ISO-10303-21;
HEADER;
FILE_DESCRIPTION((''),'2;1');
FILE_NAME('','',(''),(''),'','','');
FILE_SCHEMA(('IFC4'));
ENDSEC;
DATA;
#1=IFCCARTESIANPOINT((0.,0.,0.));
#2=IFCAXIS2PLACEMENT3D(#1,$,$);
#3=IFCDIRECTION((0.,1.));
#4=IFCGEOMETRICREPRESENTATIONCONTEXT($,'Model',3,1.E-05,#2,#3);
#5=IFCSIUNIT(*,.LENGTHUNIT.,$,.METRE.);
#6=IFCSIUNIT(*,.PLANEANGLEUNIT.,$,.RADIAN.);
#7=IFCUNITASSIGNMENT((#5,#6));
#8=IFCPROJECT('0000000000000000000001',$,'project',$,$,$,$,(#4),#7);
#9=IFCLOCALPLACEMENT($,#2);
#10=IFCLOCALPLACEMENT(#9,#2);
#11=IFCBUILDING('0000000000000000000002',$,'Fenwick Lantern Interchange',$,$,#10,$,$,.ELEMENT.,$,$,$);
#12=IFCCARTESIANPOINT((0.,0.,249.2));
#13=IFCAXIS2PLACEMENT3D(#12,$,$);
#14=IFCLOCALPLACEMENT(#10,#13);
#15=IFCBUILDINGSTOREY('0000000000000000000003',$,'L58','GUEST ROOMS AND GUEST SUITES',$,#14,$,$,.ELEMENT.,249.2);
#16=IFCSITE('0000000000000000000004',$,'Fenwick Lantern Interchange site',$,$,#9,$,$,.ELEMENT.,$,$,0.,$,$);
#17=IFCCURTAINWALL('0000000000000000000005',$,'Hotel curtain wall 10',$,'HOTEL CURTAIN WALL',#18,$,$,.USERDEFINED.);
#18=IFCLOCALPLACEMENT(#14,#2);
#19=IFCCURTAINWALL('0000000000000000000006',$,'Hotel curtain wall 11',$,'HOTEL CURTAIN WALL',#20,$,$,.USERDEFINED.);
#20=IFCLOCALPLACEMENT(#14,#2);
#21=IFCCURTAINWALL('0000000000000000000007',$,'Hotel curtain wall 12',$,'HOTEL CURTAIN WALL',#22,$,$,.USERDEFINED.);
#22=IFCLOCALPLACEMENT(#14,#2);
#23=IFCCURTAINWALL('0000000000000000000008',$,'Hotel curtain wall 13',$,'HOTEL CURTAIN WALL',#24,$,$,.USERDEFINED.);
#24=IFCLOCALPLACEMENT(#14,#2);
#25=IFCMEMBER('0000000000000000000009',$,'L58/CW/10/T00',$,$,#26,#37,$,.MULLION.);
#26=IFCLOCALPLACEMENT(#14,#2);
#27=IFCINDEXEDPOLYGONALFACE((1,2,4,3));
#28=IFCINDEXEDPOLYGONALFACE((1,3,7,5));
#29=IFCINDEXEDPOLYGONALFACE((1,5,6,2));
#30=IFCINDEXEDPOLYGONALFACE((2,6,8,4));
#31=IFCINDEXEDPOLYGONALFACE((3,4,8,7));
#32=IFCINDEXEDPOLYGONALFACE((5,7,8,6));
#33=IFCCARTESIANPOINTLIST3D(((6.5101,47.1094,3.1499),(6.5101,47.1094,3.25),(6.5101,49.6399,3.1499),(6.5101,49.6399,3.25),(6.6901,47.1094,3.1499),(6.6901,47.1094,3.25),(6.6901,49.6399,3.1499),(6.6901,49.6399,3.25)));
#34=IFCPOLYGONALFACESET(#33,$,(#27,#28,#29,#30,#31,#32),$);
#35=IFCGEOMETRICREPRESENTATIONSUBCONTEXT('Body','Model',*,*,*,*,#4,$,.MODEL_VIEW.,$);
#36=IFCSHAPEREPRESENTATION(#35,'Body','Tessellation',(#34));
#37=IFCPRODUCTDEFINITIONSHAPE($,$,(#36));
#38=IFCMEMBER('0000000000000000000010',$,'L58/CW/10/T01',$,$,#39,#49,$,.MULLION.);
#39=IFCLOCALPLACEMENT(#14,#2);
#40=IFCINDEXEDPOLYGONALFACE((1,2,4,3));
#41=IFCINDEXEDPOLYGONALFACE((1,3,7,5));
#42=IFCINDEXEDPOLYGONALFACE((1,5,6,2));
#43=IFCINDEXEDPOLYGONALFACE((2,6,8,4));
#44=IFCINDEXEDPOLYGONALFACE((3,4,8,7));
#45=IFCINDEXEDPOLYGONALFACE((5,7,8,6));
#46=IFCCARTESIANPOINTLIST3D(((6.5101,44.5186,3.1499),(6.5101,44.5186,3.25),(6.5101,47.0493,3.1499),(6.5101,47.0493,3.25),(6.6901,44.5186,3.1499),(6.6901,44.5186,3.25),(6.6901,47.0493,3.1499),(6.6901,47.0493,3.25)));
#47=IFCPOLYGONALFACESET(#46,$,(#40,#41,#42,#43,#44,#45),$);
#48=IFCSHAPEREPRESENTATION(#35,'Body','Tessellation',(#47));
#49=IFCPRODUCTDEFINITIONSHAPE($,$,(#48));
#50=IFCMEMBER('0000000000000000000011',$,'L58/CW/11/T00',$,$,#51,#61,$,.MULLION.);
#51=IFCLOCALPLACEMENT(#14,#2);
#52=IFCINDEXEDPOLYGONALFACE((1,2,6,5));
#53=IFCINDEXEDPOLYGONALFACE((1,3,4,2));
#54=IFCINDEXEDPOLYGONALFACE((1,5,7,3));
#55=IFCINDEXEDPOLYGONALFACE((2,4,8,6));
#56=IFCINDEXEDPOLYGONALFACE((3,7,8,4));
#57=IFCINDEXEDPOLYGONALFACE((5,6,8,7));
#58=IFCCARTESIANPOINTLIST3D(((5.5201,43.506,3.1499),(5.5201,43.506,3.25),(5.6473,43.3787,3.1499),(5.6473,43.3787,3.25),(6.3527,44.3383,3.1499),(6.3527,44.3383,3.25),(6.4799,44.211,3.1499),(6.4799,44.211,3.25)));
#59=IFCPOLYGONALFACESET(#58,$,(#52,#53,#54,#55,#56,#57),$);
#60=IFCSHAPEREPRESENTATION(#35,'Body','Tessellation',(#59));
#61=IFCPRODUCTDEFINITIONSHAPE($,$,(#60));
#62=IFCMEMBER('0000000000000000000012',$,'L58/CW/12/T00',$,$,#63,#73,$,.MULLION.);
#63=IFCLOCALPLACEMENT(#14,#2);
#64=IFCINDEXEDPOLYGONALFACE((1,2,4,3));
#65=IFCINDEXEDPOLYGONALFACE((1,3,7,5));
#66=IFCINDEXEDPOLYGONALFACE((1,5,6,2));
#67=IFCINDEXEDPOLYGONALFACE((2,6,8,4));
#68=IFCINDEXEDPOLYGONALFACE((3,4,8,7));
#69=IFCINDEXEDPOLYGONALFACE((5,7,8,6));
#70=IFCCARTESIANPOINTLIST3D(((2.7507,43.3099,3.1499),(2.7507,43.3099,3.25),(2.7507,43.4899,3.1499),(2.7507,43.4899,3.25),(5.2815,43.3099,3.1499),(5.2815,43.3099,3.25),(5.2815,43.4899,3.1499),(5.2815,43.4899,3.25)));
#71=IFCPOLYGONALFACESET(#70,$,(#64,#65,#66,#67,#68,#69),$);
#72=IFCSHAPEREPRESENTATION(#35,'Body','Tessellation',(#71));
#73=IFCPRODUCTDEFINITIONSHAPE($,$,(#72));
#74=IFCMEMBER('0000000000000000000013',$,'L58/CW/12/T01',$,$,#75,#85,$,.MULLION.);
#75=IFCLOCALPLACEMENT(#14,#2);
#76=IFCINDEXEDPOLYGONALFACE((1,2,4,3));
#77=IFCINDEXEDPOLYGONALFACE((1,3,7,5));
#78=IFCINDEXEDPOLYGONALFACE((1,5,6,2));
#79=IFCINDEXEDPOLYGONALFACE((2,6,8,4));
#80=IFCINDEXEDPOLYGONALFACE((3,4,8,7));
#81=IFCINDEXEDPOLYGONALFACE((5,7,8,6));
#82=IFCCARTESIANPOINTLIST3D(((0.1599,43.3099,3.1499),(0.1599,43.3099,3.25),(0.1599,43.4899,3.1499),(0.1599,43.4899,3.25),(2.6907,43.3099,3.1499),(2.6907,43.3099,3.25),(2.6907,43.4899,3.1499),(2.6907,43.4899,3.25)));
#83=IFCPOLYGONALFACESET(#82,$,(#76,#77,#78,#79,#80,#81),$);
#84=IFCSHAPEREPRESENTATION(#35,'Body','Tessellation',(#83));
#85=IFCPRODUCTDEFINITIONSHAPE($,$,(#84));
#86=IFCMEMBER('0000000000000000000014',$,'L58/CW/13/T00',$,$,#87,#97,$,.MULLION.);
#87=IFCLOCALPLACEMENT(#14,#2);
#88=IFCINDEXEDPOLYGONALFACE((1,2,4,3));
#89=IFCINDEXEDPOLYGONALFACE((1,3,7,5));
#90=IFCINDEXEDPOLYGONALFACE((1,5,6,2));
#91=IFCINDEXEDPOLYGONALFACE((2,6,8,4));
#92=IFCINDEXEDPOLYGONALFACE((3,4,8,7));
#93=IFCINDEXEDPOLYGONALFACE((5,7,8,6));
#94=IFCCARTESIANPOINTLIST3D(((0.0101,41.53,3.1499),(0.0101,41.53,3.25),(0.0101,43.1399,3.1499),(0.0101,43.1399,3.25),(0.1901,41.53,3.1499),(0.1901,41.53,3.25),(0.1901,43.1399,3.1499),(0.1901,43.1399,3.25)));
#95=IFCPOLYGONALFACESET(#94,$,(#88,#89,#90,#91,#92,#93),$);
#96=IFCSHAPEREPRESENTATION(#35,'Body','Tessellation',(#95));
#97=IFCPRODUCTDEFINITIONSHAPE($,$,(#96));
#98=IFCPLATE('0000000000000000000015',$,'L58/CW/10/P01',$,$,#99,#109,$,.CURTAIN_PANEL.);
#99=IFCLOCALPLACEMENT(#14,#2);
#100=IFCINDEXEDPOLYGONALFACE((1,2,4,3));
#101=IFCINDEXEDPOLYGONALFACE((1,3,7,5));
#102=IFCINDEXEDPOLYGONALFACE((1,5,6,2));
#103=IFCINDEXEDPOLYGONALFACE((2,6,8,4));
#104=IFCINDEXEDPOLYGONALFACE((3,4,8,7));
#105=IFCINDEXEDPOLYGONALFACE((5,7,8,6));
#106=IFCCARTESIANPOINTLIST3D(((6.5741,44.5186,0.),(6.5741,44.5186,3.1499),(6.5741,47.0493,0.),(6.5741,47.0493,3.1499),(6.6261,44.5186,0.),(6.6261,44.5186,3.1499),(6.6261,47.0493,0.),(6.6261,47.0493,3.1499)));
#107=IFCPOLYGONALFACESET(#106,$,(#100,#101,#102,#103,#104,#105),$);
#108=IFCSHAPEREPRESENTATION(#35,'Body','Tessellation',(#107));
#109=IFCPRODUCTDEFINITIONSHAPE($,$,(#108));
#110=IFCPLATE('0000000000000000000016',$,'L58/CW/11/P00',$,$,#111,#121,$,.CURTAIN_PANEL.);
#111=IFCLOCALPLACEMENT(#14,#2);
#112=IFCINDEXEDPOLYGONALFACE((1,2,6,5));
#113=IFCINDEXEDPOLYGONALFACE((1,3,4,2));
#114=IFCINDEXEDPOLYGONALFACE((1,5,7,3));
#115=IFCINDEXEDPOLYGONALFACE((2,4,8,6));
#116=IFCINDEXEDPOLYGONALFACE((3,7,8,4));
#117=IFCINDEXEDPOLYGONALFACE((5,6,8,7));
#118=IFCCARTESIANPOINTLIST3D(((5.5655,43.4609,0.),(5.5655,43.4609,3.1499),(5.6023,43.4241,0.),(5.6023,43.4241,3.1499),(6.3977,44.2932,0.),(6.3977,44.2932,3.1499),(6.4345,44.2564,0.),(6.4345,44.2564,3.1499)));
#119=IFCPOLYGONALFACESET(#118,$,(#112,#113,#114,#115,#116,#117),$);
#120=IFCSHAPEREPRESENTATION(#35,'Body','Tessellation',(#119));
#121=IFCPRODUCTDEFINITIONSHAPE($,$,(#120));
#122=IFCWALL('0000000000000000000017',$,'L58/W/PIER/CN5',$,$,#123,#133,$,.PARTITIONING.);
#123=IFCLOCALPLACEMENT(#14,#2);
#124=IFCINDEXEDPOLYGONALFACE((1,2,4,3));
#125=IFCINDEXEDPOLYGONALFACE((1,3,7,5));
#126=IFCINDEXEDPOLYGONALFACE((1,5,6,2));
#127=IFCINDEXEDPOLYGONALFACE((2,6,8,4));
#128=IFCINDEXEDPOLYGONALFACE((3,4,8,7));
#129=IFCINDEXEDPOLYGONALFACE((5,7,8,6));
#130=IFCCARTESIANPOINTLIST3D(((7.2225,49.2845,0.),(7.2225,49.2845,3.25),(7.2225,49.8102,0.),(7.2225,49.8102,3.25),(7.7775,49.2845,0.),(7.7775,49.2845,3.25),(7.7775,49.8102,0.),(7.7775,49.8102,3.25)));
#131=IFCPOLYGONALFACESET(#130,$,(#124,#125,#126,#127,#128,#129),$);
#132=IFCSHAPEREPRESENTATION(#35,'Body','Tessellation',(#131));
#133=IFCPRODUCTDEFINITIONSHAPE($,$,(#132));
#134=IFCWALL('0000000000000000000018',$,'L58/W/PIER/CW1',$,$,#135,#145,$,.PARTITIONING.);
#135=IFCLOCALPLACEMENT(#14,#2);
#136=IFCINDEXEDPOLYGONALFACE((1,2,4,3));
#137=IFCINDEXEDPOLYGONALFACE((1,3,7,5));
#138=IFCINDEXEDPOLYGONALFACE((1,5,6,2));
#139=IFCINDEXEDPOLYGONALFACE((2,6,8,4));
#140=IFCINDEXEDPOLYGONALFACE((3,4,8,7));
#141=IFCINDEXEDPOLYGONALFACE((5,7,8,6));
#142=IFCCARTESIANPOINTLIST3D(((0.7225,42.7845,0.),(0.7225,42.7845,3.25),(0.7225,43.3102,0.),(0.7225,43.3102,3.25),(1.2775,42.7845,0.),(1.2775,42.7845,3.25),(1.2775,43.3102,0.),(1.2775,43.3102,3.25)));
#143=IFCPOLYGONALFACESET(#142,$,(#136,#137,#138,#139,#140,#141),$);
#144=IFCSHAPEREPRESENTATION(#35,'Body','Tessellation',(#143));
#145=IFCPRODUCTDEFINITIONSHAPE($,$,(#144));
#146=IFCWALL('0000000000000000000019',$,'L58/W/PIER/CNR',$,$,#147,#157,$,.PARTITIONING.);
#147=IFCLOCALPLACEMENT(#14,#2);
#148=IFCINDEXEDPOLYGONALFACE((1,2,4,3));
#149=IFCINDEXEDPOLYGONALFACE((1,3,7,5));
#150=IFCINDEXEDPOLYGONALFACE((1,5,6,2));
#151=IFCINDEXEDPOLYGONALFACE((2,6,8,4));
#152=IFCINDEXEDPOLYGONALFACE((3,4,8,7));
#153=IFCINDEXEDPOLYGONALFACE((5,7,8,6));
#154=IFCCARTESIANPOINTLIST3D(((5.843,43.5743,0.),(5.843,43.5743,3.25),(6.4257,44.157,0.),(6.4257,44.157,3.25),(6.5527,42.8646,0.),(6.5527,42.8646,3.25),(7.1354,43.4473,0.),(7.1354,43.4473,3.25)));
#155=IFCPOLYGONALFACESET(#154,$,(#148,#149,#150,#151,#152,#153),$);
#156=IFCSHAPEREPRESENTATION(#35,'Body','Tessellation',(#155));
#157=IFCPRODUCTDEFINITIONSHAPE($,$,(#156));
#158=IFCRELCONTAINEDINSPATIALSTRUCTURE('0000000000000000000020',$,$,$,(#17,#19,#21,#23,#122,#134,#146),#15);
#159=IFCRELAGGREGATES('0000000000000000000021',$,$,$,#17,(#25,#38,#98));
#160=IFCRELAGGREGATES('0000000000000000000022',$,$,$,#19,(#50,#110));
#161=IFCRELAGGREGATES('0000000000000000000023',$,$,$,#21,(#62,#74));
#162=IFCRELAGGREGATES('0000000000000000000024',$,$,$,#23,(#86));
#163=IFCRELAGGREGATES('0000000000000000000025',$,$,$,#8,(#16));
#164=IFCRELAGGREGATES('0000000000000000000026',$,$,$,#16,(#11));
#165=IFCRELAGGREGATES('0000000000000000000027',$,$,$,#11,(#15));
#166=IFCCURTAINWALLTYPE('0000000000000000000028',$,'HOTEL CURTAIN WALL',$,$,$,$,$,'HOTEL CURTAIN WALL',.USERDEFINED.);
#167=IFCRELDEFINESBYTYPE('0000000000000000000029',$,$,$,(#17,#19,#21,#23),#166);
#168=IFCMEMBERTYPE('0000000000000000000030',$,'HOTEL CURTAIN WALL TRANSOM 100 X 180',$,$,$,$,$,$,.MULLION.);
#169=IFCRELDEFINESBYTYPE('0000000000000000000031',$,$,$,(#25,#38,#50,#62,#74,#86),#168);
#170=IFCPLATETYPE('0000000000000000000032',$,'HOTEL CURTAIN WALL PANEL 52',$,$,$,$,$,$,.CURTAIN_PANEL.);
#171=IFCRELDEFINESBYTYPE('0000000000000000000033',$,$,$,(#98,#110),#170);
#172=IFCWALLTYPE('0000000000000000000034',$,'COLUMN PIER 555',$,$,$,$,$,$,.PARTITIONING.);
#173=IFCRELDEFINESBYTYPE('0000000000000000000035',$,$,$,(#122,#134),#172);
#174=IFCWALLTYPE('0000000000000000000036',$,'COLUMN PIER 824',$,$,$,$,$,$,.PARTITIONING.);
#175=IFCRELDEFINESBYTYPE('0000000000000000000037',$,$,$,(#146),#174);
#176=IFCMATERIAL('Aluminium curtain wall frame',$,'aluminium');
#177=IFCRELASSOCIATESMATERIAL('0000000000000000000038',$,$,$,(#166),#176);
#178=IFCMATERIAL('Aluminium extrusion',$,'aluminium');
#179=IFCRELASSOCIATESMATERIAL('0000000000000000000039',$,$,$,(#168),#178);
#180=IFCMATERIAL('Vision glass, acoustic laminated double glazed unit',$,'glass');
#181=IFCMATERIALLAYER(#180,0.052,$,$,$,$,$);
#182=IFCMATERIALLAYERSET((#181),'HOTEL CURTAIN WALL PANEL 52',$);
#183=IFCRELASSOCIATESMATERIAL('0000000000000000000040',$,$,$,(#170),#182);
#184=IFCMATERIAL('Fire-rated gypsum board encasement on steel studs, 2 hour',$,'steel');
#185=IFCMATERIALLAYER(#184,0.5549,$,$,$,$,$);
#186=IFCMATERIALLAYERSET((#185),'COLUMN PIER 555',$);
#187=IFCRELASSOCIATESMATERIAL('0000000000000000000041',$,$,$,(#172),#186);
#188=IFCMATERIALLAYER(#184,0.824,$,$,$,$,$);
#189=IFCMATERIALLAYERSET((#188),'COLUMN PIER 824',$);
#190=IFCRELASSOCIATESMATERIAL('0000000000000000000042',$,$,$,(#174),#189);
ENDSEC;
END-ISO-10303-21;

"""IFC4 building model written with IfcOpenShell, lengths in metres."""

from ifc_helpers import new_model, si_unit, direction, frame, frame_2d, origin, origin_2d, place, context, subcontext, project, spatial, rectangle, extrude, material, layer, layer_set, material_profile, profile_set, type_object, element, aggregate, save


model = new_model("IFC4")

# Units and contexts
model_context = context("Model", 3, precision=1e-05, world=origin(), true_north=direction((0.0, 1.0)))
body_context = subcontext(model_context, "Body", "Model", "MODEL_VIEW")
ifc_project = project(units=[si_unit("LENGTHUNIT", "METRE"), si_unit("PLANEANGLEUNIT", "RADIAN")], contexts=[model_context])

# Site, building, storey
site_placement = place(None, origin())
site = spatial("IfcSite", under=ifc_project, at=site_placement, Name="Fenwick Lantern Interchange site", CompositionType="ELEMENT", RefElevation=0.0)
building_placement = place(site_placement, origin())
building = spatial("IfcBuilding", under=site, at=building_placement, Name="Fenwick Lantern Interchange", CompositionType="ELEMENT")
storey_placement = place(building_placement, frame((0.0, 0.0, 249.2)))
storey = spatial("IfcBuildingStorey", under=building, at=storey_placement, Name="L58", Description="GUEST ROOMS AND GUEST SUITES", CompositionType="ELEMENT", Elevation=249.2)

# Shared definitions
ifc_material_1 = material(Name="Aluminium curtain wall frame", Category="aluminium")
curtain_wall_type = type_object("IfcCurtainWallType", Name="HOTEL CURTAIN WALL", ElementType="HOTEL CURTAIN WALL", PredefinedType="USERDEFINED", material=ifc_material_1)
ifc_material_2 = material(Name="Aluminium extrusion", Category="aluminium")

# Curtain walls
curtain_wall_1_placement = place(storey_placement, origin())
curtain_wall_1 = element("IfcCurtainWall", 1, at=curtain_wall_1_placement, inside=storey, type_object=curtain_wall_type, Name="Hotel curtain wall 10", ObjectType="HOTEL CURTAIN WALL", PredefinedType="USERDEFINED")
curtain_wall_2_placement = place(storey_placement, origin())
curtain_wall_2 = element("IfcCurtainWall", 2, at=curtain_wall_2_placement, inside=storey, type_object=curtain_wall_type, Name="Hotel curtain wall 11", ObjectType="HOTEL CURTAIN WALL", PredefinedType="USERDEFINED")
curtain_wall_3_placement = place(storey_placement, origin())
curtain_wall_3 = element("IfcCurtainWall", 3, at=curtain_wall_3_placement, inside=storey, type_object=curtain_wall_type, Name="Hotel curtain wall 12", ObjectType="HOTEL CURTAIN WALL", PredefinedType="USERDEFINED")

# Curtain wall
curtain_wall_4_placement = place(storey_placement, origin())
curtain_wall_4 = element("IfcCurtainWall", 4, at=curtain_wall_4_placement, inside=storey, type_object=curtain_wall_type, Name="Hotel curtain wall 13", ObjectType="HOTEL CURTAIN WALL", PredefinedType="USERDEFINED")

# Members
ifc_material_profile_1 = material_profile(ifc_material_2, rectangle(XDim=0.1799, YDim=0.1001, at=origin_2d()), Name="HOTEL CURTAIN WALL TRANSOM 100 X 180")
ifc_profile_set_1 = profile_set([ifc_material_profile_1], Name="Aluminium extrusion")
member_type_1 = type_object("IfcMemberType", Name="HOTEL CURTAIN WALL TRANSOM 100 X 180", PredefinedType="MULLION", material=ifc_profile_set_1)
member_1_placement = place(storey_placement, frame((6.6001, 49.6399, 3.2), z_axis=(0.0, -1.0, 0.0), x_axis=(1.0, 0.0, 0.0)))
member_1 = element("IfcMember", 5, at=member_1_placement, type_object=member_type_1, Name="L58/CW/10/T00", PredefinedType="MULLION", context=body_context, shape_type="SweptSolid", body=[
    extrude(rectangle(XDim=0.1799, YDim=0.1001, at=origin_2d()), origin(), (0.0, 0.0, 1.0), 2.5305),
])
member_2_placement = place(storey_placement, frame((6.6001, 47.0493, 3.2), z_axis=(0.0, -1.0, 0.0), x_axis=(1.0, 0.0, 0.0)))
member_2 = element("IfcMember", 6, at=member_2_placement, type_object=member_type_1, Name="L58/CW/10/T01", PredefinedType="MULLION", context=body_context, shape_type="SweptSolid", body=[
    extrude(rectangle(XDim=0.1799, YDim=0.1001, at=origin_2d()), origin(), (0.0, 0.0, 1.0), 2.5308),
])
member_3_placement = place(storey_placement, frame((6.4163, 44.2747, 3.2), z_axis=(-0.70721, -0.707003, 0.0), x_axis=(0.707003, -0.70721, 0.0)))
member_3 = element("IfcMember", 7, at=member_3_placement, type_object=member_type_1, Name="L58/CW/11/T00", PredefinedType="MULLION", context=body_context, shape_type="SweptSolid", body=[
    extrude(rectangle(XDim=0.1799, YDim=0.1001, at=origin_2d()), origin(), (0.0, 0.0, 1.0), 1.1772),
])
member_4_placement = place(storey_placement, frame((5.2815, 43.3999, 3.2), z_axis=(-1.0, 0.0, 0.0), x_axis=(0.0, -1.0, 0.0)))
member_4 = element("IfcMember", 8, at=member_4_placement, type_object=member_type_1, Name="L58/CW/12/T00", PredefinedType="MULLION", context=body_context, shape_type="SweptSolid", body=[
    extrude(rectangle(XDim=0.1799, YDim=0.1001, at=origin_2d()), origin(), (0.0, 0.0, 1.0), 2.5308),
])
member_5_placement = place(storey_placement, frame((2.6907, 43.3999, 3.2), z_axis=(-1.0, 0.0, 0.0), x_axis=(0.0, -1.0, 0.0)))
member_5 = element("IfcMember", 9, at=member_5_placement, type_object=member_type_1, Name="L58/CW/12/T01", PredefinedType="MULLION", context=body_context, shape_type="SweptSolid", body=[
    extrude(rectangle(XDim=0.1799, YDim=0.1001, at=origin_2d()), origin(), (0.0, 0.0, 1.0), 2.5308),
])
member_6_placement = place(storey_placement, frame((0.1001, 43.1399, 3.2), z_axis=(0.0, -1.0, 0.0), x_axis=(1.0, 0.0, 0.0)))
member_6 = element("IfcMember", 10, at=member_6_placement, type_object=member_type_1, Name="L58/CW/13/T00", PredefinedType="MULLION", context=body_context, shape_type="SweptSolid", body=[
    extrude(rectangle(XDim=0.1799, YDim=0.1001, at=origin_2d()), origin(), (0.0, 0.0, 1.0), 1.6099),
])

# Plates
ifc_material_3 = material(Name="Vision glass, acoustic laminated double glazed unit", Category="glass")
ifc_layer_1 = layer(ifc_material_3, 0.052)
ifc_layer_set_1 = layer_set([ifc_layer_1], Name="HOTEL CURTAIN WALL PANEL 52")
plate_type = type_object("IfcPlateType", Name="HOTEL CURTAIN WALL PANEL 52", PredefinedType="CURTAIN_PANEL", material=ifc_layer_set_1)
plate_1_placement = place(storey_placement, frame((6.6001, 45.7839, 0.0), z_axis=(0.0, 0.0, 1.0), x_axis=(0.0, -1.0, 0.0)))
plate_1 = element("IfcPlate", 11, at=plate_1_placement, type_object=plate_type, Name="L58/CW/10/P01", PredefinedType="CURTAIN_PANEL", context=body_context, shape_type="SweptSolid", body=[
    extrude(rectangle(XDim=2.5308, YDim=0.052, at=origin_2d()), origin(), (0.0, 0.0, 1.0), 3.1499),
])
aggregate(curtain_wall_1, [member_1, member_2, plate_1])
plate_2_placement = place(storey_placement, frame((6.0, 43.8586, 0.0), z_axis=(0.0, 0.0, 1.0), x_axis=(-0.707107, -0.707107, 0.0)))
plate_2 = element("IfcPlate", 12, at=plate_2_placement, type_object=plate_type, Name="L58/CW/11/P00", PredefinedType="CURTAIN_PANEL", context=body_context, shape_type="SweptSolid", body=[
    extrude(rectangle(XDim=1.177, YDim=0.052, at=origin_2d()), origin(), (0.0, 0.0, 1.0), 3.1499),
])
aggregate(curtain_wall_2, [member_3, plate_2])
aggregate(curtain_wall_3, [member_4, member_5])
aggregate(curtain_wall_4, [member_6])

# Walls
ifc_material_4 = material(Name="Fire-rated gypsum board encasement on steel studs, 2 hour", Category="steel")
ifc_layer_2 = layer(ifc_material_4, 0.5549)
ifc_layer_set_2 = layer_set([ifc_layer_2], Name="COLUMN PIER 555")
wall_type_1 = type_object("IfcWallType", Name="COLUMN PIER 555", PredefinedType="PARTITIONING", material=ifc_layer_set_2)
for number, where, z_axis, x_axis, name in (
    (13, (7.5, 49.8101, 0.0), (0.0, 0.0, 1.0), (0.0, -1.0, 0.0), "L58/W/PIER/CN5"),
    (14, (1.0, 43.3101, 0.0), (0.0, 0.0, 1.0), (0.0, -1.0, 0.0), "L58/W/PIER/CW1"),
):
    element("IfcWall", number, at=place(storey_placement, frame(where, z_axis=z_axis, x_axis=x_axis)), inside=storey, type_object=wall_type_1, Name=name, PredefinedType="PARTITIONING", context=body_context, shape_type="SweptSolid", body=[
        extrude(rectangle(XDim=0.5256, YDim=0.5549, at=frame_2d((0.2627, 0.0))), origin(), (0.0, 0.0, 1.0), 3.25),
    ])
ifc_layer_3 = layer(ifc_material_4, 0.824)
ifc_layer_set_3 = layer_set([ifc_layer_3], Name="COLUMN PIER 824")
wall_type_2 = type_object("IfcWallType", Name="COLUMN PIER 824", PredefinedType="PARTITIONING", material=ifc_layer_set_3)
wall_placement = place(storey_placement, frame((6.1343, 43.8657, 0.0), z_axis=(0.0, 0.0, 1.0), x_axis=(0.707107, -0.707107, 0.0)))
element("IfcWall", 15, at=wall_placement, inside=storey, type_object=wall_type_2, Name="L58/W/PIER/CNR", PredefinedType="PARTITIONING", context=body_context, shape_type="SweptSolid", body=[
    extrude(rectangle(XDim=1.0037, YDim=0.824, at=frame_2d((0.502, 0.0))), origin(), (0.0, 0.0, 1.0), 3.25),
])

save(model, "model.ifc")
